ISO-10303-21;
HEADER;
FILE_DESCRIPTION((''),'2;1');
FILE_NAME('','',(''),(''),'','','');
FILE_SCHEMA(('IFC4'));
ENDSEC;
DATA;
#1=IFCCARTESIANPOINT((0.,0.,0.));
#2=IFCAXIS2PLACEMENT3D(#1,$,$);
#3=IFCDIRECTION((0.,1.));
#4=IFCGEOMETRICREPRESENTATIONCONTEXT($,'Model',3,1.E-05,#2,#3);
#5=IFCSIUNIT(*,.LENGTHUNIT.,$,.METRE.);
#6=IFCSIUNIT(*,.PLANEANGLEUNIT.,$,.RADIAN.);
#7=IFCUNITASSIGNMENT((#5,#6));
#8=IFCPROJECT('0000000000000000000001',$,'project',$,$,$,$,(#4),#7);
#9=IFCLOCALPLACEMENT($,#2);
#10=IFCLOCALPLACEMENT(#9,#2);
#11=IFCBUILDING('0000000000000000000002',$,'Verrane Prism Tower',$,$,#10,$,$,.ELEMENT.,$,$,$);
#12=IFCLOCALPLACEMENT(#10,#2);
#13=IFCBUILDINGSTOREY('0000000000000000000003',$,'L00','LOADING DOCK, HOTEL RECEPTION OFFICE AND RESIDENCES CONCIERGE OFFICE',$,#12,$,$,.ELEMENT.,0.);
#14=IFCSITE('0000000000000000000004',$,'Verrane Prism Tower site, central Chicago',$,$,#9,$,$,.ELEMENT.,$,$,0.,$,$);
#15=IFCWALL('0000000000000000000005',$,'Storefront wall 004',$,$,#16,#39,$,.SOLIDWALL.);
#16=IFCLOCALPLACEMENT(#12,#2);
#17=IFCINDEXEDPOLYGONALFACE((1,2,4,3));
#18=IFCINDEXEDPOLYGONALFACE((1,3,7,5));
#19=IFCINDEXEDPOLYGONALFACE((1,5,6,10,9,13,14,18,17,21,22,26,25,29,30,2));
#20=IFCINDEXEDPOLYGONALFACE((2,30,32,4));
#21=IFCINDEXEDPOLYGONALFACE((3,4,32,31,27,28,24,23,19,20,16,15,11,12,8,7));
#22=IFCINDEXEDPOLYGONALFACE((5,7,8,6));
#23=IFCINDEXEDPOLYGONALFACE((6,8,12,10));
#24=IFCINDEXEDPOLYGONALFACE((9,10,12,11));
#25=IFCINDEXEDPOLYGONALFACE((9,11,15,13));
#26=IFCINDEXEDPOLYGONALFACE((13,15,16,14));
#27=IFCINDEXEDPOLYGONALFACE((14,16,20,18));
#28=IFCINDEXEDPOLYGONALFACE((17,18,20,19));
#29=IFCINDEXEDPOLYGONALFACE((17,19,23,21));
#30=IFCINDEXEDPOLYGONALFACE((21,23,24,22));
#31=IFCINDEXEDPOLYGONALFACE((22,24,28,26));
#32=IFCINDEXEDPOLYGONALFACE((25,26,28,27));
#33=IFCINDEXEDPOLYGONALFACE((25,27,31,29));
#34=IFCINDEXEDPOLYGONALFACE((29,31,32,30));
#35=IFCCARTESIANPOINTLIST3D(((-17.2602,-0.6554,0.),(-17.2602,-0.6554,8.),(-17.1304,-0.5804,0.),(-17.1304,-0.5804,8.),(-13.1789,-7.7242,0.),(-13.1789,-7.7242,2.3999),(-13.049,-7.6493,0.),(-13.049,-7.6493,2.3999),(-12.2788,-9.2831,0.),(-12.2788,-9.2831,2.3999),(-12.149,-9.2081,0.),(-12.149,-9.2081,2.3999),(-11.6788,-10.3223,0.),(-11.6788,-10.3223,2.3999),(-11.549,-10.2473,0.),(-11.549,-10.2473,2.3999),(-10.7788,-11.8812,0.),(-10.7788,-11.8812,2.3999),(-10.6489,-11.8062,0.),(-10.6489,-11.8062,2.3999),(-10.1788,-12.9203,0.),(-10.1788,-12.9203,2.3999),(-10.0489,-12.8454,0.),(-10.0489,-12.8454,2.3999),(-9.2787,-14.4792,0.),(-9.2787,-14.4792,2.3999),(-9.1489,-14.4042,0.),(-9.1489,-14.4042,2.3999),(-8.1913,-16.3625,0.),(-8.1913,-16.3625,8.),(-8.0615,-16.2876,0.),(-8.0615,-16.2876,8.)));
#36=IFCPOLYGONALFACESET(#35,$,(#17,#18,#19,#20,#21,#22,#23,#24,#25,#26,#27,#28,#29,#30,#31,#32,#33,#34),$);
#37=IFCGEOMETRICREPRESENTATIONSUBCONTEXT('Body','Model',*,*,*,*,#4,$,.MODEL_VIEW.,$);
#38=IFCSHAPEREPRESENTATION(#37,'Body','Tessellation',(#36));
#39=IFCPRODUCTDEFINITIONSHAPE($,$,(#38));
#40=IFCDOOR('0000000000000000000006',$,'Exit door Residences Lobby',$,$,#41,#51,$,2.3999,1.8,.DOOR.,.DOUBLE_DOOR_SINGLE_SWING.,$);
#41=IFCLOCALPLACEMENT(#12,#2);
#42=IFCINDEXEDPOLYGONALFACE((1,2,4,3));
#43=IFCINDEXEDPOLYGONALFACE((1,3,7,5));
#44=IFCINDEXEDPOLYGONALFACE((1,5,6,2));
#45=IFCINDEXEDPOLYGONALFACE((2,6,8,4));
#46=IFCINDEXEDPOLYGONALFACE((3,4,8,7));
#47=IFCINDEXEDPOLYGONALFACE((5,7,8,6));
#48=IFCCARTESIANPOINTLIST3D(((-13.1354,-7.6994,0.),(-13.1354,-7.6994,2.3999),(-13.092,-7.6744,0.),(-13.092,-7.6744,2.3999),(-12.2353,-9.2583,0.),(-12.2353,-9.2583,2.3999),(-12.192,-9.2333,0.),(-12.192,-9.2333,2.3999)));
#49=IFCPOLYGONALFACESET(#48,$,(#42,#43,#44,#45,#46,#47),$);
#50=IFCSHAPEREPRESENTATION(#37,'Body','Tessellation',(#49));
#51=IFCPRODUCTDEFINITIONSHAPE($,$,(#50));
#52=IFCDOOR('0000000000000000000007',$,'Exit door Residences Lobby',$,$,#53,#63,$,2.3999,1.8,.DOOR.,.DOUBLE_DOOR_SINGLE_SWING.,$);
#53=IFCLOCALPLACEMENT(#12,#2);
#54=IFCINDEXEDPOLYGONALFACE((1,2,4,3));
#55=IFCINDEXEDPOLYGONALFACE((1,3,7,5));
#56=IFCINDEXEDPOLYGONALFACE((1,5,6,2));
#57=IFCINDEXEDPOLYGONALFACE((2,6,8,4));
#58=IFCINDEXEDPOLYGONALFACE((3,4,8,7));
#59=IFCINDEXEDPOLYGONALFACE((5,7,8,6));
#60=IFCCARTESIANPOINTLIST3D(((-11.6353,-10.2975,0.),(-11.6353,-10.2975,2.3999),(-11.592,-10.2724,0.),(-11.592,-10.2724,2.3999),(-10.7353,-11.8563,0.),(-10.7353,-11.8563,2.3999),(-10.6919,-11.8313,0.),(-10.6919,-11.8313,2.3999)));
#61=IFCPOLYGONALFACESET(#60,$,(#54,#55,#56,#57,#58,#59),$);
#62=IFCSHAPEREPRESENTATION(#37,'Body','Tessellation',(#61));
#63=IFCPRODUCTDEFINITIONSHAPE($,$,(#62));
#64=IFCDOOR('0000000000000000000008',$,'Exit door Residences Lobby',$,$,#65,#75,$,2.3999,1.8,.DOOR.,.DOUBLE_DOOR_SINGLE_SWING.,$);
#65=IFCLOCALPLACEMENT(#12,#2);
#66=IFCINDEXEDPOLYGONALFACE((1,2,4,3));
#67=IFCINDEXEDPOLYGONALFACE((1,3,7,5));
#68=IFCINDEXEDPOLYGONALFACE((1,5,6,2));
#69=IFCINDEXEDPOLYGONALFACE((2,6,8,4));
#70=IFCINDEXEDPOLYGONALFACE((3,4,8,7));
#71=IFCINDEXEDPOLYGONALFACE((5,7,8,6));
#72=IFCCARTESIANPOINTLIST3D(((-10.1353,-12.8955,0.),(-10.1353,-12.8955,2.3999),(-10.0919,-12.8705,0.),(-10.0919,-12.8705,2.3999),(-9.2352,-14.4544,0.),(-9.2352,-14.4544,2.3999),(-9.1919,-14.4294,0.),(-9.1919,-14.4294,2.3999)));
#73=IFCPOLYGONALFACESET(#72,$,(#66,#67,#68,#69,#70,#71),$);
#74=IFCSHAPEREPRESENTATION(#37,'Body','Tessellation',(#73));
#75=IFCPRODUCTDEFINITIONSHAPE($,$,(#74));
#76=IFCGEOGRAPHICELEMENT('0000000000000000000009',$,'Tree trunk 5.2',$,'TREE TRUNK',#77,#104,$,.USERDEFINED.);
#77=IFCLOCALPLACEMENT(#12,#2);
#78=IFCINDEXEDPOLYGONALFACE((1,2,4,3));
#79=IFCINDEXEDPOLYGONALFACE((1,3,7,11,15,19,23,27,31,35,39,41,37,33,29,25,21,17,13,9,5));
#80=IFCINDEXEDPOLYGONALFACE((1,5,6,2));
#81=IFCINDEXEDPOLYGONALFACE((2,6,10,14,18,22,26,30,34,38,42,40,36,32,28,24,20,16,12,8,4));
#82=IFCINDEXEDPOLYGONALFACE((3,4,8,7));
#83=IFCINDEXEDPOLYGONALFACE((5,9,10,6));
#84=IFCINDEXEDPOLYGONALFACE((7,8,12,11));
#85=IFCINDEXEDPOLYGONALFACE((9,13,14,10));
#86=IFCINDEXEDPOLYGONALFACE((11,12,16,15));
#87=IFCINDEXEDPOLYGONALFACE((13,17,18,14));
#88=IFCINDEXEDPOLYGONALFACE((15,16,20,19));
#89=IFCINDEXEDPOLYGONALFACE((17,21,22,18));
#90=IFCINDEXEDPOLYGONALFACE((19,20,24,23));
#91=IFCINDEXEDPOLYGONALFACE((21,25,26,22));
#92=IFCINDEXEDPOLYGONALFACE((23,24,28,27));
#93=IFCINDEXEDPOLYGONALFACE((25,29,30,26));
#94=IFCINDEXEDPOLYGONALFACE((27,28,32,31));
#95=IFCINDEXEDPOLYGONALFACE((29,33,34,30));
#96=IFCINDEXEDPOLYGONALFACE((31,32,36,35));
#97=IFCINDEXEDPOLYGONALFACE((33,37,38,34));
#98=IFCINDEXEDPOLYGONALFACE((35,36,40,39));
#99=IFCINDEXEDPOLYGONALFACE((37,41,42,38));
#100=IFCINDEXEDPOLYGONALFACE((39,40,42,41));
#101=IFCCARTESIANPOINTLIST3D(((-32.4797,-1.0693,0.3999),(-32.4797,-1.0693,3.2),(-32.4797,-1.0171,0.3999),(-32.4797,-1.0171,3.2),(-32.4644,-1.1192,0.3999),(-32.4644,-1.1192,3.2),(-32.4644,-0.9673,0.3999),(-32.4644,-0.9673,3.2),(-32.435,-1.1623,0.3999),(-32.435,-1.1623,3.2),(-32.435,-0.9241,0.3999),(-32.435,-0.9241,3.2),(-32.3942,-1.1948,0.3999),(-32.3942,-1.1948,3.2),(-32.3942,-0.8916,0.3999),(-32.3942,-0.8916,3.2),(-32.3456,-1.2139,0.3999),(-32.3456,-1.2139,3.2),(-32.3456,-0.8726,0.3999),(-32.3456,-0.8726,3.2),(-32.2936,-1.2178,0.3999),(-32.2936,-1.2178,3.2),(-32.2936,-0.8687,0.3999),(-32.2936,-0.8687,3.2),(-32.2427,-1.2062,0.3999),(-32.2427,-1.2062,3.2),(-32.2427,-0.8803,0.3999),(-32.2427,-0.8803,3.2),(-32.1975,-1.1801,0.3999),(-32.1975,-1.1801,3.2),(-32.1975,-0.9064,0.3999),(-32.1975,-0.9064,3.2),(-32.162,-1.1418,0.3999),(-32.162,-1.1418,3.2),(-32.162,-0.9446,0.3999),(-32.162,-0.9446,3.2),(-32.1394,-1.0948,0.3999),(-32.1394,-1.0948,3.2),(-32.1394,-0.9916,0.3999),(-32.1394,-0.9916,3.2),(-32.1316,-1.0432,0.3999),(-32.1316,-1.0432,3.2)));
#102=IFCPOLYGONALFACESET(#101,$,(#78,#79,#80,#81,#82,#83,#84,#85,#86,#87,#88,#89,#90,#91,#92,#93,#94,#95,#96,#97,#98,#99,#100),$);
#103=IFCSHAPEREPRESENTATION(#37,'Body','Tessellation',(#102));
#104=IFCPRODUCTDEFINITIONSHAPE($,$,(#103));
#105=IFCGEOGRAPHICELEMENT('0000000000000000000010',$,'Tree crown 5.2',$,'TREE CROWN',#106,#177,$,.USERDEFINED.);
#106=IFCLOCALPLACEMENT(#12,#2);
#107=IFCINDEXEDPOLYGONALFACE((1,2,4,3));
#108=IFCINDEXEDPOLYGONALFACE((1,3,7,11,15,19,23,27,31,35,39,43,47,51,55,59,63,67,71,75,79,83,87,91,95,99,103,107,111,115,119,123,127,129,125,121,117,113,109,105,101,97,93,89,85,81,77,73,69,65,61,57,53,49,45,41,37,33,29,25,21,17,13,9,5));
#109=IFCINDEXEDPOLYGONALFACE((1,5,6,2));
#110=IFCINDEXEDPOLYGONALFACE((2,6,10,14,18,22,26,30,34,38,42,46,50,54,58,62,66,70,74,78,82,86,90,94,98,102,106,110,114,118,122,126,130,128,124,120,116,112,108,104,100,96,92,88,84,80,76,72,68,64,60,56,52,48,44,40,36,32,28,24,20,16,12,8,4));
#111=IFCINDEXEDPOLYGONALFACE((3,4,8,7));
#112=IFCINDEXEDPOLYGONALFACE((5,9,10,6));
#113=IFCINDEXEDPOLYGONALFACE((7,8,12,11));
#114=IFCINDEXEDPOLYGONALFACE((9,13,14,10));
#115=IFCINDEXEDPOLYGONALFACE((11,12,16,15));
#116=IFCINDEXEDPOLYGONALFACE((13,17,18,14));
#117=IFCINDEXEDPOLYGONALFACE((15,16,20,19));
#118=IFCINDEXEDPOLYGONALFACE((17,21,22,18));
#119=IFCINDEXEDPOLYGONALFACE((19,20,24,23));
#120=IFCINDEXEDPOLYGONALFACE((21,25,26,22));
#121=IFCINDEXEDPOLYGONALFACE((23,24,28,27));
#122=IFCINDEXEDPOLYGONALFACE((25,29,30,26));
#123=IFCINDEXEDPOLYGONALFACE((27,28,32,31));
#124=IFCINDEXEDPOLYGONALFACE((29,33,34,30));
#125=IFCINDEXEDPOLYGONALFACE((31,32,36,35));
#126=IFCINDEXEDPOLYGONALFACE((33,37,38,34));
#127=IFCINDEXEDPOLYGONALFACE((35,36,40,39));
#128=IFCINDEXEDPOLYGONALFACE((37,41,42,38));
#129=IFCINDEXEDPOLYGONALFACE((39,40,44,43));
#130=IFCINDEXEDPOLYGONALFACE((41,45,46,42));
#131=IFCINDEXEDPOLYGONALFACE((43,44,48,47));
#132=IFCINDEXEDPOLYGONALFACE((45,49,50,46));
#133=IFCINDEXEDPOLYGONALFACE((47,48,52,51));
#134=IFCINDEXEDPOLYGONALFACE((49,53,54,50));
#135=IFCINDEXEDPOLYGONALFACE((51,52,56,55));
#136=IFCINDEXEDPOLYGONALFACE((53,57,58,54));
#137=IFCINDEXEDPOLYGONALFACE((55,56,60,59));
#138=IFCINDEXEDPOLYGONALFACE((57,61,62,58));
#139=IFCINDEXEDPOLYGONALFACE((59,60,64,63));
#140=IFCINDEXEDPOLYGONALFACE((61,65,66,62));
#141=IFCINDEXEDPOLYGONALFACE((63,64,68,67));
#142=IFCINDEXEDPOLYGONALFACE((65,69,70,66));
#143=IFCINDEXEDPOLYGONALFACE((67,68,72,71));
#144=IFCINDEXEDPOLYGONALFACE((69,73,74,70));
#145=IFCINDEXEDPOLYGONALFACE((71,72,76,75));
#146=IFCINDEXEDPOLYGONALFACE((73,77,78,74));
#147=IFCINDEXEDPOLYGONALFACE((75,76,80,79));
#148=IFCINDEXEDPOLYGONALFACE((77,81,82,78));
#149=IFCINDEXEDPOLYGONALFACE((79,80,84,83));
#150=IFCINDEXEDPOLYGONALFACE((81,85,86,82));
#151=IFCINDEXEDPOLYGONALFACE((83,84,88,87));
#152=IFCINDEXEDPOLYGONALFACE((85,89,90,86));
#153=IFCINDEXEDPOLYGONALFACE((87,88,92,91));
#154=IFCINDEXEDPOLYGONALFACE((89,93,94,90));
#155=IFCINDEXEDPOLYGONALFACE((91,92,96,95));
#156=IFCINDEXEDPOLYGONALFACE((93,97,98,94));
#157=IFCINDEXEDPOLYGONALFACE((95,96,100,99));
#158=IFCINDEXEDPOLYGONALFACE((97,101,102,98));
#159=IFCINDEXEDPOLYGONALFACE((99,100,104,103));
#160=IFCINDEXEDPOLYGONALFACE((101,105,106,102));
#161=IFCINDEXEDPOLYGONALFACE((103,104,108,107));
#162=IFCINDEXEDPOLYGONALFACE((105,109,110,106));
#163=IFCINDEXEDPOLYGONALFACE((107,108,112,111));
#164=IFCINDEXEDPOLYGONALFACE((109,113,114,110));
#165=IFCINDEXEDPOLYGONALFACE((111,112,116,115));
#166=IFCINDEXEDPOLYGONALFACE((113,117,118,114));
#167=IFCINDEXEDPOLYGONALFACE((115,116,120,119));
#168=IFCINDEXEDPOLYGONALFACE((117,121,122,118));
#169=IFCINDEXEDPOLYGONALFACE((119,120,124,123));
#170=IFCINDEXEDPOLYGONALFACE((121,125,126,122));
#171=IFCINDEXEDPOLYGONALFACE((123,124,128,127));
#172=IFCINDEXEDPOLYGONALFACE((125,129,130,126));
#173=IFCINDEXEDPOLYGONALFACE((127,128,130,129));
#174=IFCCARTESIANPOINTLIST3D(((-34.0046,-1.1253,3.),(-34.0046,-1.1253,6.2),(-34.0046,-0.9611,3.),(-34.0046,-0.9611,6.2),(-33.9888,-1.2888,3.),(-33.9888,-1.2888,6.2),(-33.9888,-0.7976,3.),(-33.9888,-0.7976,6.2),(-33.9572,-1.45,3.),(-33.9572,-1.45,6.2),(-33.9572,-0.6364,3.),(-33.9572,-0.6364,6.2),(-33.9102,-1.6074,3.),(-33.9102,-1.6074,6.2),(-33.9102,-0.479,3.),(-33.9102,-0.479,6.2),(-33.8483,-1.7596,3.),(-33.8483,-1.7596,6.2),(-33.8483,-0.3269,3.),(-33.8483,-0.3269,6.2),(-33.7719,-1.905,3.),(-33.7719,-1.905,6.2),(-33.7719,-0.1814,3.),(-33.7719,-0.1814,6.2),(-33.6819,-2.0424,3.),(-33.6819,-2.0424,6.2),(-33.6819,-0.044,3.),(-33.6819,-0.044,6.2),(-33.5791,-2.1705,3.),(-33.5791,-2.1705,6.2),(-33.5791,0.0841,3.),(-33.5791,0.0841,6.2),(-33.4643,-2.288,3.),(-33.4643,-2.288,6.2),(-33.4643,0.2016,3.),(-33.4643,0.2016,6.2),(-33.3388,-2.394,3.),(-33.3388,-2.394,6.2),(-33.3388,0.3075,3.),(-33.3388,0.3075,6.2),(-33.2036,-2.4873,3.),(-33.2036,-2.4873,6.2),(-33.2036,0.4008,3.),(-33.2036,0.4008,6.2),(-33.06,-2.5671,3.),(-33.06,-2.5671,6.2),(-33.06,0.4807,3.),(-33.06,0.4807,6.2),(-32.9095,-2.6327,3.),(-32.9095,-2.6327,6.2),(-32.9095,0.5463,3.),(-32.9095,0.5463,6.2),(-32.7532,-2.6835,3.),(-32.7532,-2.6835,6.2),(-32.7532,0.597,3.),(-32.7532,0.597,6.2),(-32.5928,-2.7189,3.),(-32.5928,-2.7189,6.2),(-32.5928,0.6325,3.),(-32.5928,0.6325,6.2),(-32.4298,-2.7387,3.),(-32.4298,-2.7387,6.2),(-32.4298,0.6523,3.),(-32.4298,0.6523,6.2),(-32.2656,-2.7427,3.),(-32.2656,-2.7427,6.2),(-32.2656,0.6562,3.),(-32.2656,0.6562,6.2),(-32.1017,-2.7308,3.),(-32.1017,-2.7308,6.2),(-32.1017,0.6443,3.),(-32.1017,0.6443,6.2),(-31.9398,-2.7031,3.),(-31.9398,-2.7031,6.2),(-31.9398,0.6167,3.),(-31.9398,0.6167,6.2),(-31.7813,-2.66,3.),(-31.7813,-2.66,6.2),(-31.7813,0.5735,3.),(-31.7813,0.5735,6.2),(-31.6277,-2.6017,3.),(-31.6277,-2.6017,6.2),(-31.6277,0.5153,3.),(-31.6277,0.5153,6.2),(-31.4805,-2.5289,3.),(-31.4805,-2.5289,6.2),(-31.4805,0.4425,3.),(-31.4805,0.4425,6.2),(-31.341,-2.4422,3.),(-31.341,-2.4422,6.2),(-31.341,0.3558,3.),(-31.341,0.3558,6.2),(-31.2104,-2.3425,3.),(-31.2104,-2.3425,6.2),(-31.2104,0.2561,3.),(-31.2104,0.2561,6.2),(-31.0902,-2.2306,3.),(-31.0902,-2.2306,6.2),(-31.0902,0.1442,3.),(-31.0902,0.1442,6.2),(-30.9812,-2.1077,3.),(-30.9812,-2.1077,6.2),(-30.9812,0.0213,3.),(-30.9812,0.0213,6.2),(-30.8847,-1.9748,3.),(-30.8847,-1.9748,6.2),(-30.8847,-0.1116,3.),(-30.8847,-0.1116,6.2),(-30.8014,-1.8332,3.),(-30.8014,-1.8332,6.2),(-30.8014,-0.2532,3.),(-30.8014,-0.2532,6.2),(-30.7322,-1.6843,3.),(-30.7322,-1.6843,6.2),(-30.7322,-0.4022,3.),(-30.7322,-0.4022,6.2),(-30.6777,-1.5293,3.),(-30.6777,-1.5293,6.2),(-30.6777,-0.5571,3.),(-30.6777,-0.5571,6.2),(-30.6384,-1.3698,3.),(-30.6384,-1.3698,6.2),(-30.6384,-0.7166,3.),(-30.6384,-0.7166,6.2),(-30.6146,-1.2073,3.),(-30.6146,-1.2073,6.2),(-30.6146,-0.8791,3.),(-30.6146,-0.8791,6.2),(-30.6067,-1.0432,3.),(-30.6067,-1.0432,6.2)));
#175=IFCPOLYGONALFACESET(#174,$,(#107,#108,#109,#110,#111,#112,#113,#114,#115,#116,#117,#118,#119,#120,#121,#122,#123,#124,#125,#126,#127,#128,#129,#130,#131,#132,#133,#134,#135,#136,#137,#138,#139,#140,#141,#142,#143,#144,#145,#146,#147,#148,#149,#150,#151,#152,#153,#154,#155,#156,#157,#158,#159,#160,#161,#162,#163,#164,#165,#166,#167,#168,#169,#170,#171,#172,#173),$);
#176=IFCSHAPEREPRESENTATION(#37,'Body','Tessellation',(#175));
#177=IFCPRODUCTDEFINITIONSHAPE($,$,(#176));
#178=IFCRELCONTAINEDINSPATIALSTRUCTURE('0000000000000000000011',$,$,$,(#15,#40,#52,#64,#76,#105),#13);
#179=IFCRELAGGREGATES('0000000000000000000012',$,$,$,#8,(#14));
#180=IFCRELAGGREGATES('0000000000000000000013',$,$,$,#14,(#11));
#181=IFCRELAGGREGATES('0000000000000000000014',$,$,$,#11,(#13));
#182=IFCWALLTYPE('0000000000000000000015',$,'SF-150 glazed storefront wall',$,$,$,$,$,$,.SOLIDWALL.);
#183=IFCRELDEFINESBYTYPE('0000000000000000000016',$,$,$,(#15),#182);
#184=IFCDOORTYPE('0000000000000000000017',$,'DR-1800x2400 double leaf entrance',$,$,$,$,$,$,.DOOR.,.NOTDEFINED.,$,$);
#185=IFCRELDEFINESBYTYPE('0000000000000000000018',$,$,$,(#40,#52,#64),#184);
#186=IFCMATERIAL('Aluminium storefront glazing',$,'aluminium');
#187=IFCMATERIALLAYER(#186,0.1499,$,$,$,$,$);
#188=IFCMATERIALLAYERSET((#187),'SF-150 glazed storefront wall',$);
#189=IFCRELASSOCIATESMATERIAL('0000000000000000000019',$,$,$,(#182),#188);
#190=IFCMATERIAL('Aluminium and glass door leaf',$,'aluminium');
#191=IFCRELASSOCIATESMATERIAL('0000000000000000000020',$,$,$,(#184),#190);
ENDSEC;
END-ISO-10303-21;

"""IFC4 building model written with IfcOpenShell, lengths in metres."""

from ifc_helpers import new_model, si_unit, direction, frame, frame_2d, origin, origin_2d, place, context, subcontext, project, spatial, rectangle, circle, extrude, material, layer, layer_set, type_object, element, fill, save


model = new_model("IFC4")

# Units and contexts
model_context = context("Model", 3, precision=1e-05, world=origin(), true_north=direction((0.0, 1.0)))
body_context = subcontext(model_context, "Body", "Model", "MODEL_VIEW")
ifc_project = project(units=[si_unit("LENGTHUNIT", "METRE"), si_unit("PLANEANGLEUNIT", "RADIAN")], contexts=[model_context])

# Site, building, storey
site_placement = place(None, origin())
site = spatial("IfcSite", under=ifc_project, at=site_placement, Name="Verrane Prism Tower site, central Chicago", CompositionType="ELEMENT", RefElevation=0.0)
building_placement = place(site_placement, origin())
building = spatial("IfcBuilding", under=site, at=building_placement, Name="Verrane Prism Tower", CompositionType="ELEMENT")
storey_placement = place(building_placement, origin())
storey = spatial("IfcBuildingStorey", under=building, at=storey_placement, Name="L00", Description="LOADING DOCK, HOTEL RECEPTION OFFICE AND RESIDENCES CONCIERGE OFFICE", CompositionType="ELEMENT", Elevation=0.0)

# Wall, openings, doors
ifc_material_1 = material(Name="Aluminium storefront glazing", Category="aluminium")
ifc_layer_1 = layer(ifc_material_1, 0.1499)
ifc_layer_set_1 = layer_set([ifc_layer_1], Name="SF-150 glazed storefront wall")
wall_type_1 = type_object("IfcWallType", Name="SF-150 glazed storefront wall", PredefinedType="SOLIDWALL", material=ifc_layer_set_1)
wall_1_placement = place(storey_placement, frame((-17.1953, -0.6179, 0.0), z_axis=(0.0, 0.0, 1.0), x_axis=(0.500016, -0.866016, 0.0)))
wall_1 = element("IfcWall", 1, at=wall_1_placement, inside=storey, type_object=wall_type_1, Name="Storefront wall 004", PredefinedType="SOLIDWALL", context=body_context, shape_type="SweptSolid", body=[
    extrude(rectangle(XDim=18.1372, YDim=0.1499, at=frame_2d((9.0686, 0.0))), origin(), (0.0, 0.0, 1.0), 8.0),
])
opening_1_placement = place(wall_1_placement, frame((8.1626, 0.0, 0.0)))
opening_1 = element("IfcOpeningElement", 2, at=opening_1_placement, cuts=wall_1, PredefinedType="OPENING", context=body_context, shape_type="SweptSolid", body=[
    extrude(rectangle(XDim=1.8, YDim=2.3999, at=frame_2d((0.8999, 1.2))), frame((0.0, 0.085, 0.0), z_axis=(0.0, -1.0, 0.0), x_axis=(1.0, 0.0, 0.0)), (0.0, 0.0, 1.0), 0.1699),
])
opening_2_placement = place(wall_1_placement, frame((11.1626, 0.0, 0.0)))
opening_2 = element("IfcOpeningElement", 3, at=opening_2_placement, cuts=wall_1, PredefinedType="OPENING", context=body_context, shape_type="SweptSolid", body=[
    extrude(rectangle(XDim=1.8, YDim=2.3999, at=frame_2d((0.8999, 1.2))), frame((0.0, 0.085, 0.0), z_axis=(0.0, -1.0, 0.0), x_axis=(1.0, 0.0, 0.0)), (0.0, 0.0, 1.0), 0.1699),
])
opening_3_placement = place(wall_1_placement, frame((14.1626, 0.0, 0.0)))
opening_3 = element("IfcOpeningElement", 4, at=opening_3_placement, cuts=wall_1, PredefinedType="OPENING", context=body_context, shape_type="SweptSolid", body=[
    extrude(rectangle(XDim=1.8, YDim=2.3999, at=frame_2d((0.8999, 1.2))), frame((0.0, 0.085, 0.0), z_axis=(0.0, -1.0, 0.0), x_axis=(1.0, 0.0, 0.0)), (0.0, 0.0, 1.0), 0.1699),
])
ifc_material_2 = material(Name="Aluminium and glass door leaf", Category="aluminium")
door_type_1 = type_object("IfcDoorType", Name="DR-1800x2400 double leaf entrance", OperationType="NOTDEFINED", PredefinedType="DOOR", material=ifc_material_2)
door_1_placement = place(opening_1_placement, frame((1.8, 0.0, 0.0), z_axis=(0.0, 0.0, 1.0), x_axis=(-1.0, 0.0, 0.0)))
door_1 = element("IfcDoor", 5, at=door_1_placement, inside=storey, type_object=door_type_1, Name="Exit door Residences Lobby", OperationType="DOUBLE_DOOR_SINGLE_SWING", OverallHeight=2.3999, OverallWidth=1.8, PredefinedType="DOOR", context=body_context, shape_type="SweptSolid", body=[
    extrude(rectangle(XDim=1.8, YDim=2.3999, at=frame_2d((0.8999, 1.2))), frame((0.0, 0.0249, 0.0), z_axis=(0.0, -1.0, 0.0), x_axis=(1.0, 0.0, 0.0)), (0.0, 0.0, 1.0), 0.05),
])
fill(opening_1, door_1)
door_2_placement = place(opening_2_placement, frame((1.8, 0.0, 0.0), z_axis=(0.0, 0.0, 1.0), x_axis=(-1.0, 0.0, 0.0)))
door_2 = element("IfcDoor", 6, at=door_2_placement, inside=storey, type_object=door_type_1, Name="Exit door Residences Lobby", OperationType="DOUBLE_DOOR_SINGLE_SWING", OverallHeight=2.3999, OverallWidth=1.8, PredefinedType="DOOR", context=body_context, shape_type="SweptSolid", body=[
    extrude(rectangle(XDim=1.8, YDim=2.3999, at=frame_2d((0.8999, 1.2))), frame((0.0, 0.0249, 0.0), z_axis=(0.0, -1.0, 0.0), x_axis=(1.0, 0.0, 0.0)), (0.0, 0.0, 1.0), 0.05),
])
fill(opening_2, door_2)
door_3_placement = place(opening_3_placement, frame((1.8, 0.0, 0.0), z_axis=(0.0, 0.0, 1.0), x_axis=(-1.0, 0.0, 0.0)))
door_3 = element("IfcDoor", 7, at=door_3_placement, inside=storey, type_object=door_type_1, Name="Exit door Residences Lobby", OperationType="DOUBLE_DOOR_SINGLE_SWING", OverallHeight=2.3999, OverallWidth=1.8, PredefinedType="DOOR", context=body_context, shape_type="SweptSolid", body=[
    extrude(rectangle(XDim=1.8, YDim=2.3999, at=frame_2d((0.8999, 1.2))), frame((0.0, 0.0249, 0.0), z_axis=(0.0, -1.0, 0.0), x_axis=(1.0, 0.0, 0.0)), (0.0, 0.0, 1.0), 0.05),
])
fill(opening_3, door_3)

# Geographic elements
geographic_element_1_placement = place(storey_placement, frame((-32.3066, -1.0432, 3.2), z_axis=(0.0, 0.0, -1.0), x_axis=(1.0, 0.0, 0.0)))
element("IfcGeographicElement", 8, at=geographic_element_1_placement, inside=storey, Name="Tree trunk 5.2", ObjectType="TREE TRUNK", PredefinedType="USERDEFINED", context=body_context, shape_type="SweptSolid", body=[
    extrude(circle(Radius=0.175, at=origin_2d()), origin(), (0.0, 0.0, 1.0), 2.8),
])
geographic_element_2_placement = place(storey_placement, frame((-32.3066, -1.0432, 6.2), z_axis=(0.0, 0.0, -1.0), x_axis=(1.0, 0.0, 0.0)))
element("IfcGeographicElement", 9, at=geographic_element_2_placement, inside=storey, Name="Tree crown 5.2", ObjectType="TREE CROWN", PredefinedType="USERDEFINED", context=body_context, shape_type="SweptSolid", body=[
    extrude(circle(Radius=1.7, at=origin_2d()), origin(), (0.0, 0.0, 1.0), 3.2),
])

save(model, "model.ifc")
